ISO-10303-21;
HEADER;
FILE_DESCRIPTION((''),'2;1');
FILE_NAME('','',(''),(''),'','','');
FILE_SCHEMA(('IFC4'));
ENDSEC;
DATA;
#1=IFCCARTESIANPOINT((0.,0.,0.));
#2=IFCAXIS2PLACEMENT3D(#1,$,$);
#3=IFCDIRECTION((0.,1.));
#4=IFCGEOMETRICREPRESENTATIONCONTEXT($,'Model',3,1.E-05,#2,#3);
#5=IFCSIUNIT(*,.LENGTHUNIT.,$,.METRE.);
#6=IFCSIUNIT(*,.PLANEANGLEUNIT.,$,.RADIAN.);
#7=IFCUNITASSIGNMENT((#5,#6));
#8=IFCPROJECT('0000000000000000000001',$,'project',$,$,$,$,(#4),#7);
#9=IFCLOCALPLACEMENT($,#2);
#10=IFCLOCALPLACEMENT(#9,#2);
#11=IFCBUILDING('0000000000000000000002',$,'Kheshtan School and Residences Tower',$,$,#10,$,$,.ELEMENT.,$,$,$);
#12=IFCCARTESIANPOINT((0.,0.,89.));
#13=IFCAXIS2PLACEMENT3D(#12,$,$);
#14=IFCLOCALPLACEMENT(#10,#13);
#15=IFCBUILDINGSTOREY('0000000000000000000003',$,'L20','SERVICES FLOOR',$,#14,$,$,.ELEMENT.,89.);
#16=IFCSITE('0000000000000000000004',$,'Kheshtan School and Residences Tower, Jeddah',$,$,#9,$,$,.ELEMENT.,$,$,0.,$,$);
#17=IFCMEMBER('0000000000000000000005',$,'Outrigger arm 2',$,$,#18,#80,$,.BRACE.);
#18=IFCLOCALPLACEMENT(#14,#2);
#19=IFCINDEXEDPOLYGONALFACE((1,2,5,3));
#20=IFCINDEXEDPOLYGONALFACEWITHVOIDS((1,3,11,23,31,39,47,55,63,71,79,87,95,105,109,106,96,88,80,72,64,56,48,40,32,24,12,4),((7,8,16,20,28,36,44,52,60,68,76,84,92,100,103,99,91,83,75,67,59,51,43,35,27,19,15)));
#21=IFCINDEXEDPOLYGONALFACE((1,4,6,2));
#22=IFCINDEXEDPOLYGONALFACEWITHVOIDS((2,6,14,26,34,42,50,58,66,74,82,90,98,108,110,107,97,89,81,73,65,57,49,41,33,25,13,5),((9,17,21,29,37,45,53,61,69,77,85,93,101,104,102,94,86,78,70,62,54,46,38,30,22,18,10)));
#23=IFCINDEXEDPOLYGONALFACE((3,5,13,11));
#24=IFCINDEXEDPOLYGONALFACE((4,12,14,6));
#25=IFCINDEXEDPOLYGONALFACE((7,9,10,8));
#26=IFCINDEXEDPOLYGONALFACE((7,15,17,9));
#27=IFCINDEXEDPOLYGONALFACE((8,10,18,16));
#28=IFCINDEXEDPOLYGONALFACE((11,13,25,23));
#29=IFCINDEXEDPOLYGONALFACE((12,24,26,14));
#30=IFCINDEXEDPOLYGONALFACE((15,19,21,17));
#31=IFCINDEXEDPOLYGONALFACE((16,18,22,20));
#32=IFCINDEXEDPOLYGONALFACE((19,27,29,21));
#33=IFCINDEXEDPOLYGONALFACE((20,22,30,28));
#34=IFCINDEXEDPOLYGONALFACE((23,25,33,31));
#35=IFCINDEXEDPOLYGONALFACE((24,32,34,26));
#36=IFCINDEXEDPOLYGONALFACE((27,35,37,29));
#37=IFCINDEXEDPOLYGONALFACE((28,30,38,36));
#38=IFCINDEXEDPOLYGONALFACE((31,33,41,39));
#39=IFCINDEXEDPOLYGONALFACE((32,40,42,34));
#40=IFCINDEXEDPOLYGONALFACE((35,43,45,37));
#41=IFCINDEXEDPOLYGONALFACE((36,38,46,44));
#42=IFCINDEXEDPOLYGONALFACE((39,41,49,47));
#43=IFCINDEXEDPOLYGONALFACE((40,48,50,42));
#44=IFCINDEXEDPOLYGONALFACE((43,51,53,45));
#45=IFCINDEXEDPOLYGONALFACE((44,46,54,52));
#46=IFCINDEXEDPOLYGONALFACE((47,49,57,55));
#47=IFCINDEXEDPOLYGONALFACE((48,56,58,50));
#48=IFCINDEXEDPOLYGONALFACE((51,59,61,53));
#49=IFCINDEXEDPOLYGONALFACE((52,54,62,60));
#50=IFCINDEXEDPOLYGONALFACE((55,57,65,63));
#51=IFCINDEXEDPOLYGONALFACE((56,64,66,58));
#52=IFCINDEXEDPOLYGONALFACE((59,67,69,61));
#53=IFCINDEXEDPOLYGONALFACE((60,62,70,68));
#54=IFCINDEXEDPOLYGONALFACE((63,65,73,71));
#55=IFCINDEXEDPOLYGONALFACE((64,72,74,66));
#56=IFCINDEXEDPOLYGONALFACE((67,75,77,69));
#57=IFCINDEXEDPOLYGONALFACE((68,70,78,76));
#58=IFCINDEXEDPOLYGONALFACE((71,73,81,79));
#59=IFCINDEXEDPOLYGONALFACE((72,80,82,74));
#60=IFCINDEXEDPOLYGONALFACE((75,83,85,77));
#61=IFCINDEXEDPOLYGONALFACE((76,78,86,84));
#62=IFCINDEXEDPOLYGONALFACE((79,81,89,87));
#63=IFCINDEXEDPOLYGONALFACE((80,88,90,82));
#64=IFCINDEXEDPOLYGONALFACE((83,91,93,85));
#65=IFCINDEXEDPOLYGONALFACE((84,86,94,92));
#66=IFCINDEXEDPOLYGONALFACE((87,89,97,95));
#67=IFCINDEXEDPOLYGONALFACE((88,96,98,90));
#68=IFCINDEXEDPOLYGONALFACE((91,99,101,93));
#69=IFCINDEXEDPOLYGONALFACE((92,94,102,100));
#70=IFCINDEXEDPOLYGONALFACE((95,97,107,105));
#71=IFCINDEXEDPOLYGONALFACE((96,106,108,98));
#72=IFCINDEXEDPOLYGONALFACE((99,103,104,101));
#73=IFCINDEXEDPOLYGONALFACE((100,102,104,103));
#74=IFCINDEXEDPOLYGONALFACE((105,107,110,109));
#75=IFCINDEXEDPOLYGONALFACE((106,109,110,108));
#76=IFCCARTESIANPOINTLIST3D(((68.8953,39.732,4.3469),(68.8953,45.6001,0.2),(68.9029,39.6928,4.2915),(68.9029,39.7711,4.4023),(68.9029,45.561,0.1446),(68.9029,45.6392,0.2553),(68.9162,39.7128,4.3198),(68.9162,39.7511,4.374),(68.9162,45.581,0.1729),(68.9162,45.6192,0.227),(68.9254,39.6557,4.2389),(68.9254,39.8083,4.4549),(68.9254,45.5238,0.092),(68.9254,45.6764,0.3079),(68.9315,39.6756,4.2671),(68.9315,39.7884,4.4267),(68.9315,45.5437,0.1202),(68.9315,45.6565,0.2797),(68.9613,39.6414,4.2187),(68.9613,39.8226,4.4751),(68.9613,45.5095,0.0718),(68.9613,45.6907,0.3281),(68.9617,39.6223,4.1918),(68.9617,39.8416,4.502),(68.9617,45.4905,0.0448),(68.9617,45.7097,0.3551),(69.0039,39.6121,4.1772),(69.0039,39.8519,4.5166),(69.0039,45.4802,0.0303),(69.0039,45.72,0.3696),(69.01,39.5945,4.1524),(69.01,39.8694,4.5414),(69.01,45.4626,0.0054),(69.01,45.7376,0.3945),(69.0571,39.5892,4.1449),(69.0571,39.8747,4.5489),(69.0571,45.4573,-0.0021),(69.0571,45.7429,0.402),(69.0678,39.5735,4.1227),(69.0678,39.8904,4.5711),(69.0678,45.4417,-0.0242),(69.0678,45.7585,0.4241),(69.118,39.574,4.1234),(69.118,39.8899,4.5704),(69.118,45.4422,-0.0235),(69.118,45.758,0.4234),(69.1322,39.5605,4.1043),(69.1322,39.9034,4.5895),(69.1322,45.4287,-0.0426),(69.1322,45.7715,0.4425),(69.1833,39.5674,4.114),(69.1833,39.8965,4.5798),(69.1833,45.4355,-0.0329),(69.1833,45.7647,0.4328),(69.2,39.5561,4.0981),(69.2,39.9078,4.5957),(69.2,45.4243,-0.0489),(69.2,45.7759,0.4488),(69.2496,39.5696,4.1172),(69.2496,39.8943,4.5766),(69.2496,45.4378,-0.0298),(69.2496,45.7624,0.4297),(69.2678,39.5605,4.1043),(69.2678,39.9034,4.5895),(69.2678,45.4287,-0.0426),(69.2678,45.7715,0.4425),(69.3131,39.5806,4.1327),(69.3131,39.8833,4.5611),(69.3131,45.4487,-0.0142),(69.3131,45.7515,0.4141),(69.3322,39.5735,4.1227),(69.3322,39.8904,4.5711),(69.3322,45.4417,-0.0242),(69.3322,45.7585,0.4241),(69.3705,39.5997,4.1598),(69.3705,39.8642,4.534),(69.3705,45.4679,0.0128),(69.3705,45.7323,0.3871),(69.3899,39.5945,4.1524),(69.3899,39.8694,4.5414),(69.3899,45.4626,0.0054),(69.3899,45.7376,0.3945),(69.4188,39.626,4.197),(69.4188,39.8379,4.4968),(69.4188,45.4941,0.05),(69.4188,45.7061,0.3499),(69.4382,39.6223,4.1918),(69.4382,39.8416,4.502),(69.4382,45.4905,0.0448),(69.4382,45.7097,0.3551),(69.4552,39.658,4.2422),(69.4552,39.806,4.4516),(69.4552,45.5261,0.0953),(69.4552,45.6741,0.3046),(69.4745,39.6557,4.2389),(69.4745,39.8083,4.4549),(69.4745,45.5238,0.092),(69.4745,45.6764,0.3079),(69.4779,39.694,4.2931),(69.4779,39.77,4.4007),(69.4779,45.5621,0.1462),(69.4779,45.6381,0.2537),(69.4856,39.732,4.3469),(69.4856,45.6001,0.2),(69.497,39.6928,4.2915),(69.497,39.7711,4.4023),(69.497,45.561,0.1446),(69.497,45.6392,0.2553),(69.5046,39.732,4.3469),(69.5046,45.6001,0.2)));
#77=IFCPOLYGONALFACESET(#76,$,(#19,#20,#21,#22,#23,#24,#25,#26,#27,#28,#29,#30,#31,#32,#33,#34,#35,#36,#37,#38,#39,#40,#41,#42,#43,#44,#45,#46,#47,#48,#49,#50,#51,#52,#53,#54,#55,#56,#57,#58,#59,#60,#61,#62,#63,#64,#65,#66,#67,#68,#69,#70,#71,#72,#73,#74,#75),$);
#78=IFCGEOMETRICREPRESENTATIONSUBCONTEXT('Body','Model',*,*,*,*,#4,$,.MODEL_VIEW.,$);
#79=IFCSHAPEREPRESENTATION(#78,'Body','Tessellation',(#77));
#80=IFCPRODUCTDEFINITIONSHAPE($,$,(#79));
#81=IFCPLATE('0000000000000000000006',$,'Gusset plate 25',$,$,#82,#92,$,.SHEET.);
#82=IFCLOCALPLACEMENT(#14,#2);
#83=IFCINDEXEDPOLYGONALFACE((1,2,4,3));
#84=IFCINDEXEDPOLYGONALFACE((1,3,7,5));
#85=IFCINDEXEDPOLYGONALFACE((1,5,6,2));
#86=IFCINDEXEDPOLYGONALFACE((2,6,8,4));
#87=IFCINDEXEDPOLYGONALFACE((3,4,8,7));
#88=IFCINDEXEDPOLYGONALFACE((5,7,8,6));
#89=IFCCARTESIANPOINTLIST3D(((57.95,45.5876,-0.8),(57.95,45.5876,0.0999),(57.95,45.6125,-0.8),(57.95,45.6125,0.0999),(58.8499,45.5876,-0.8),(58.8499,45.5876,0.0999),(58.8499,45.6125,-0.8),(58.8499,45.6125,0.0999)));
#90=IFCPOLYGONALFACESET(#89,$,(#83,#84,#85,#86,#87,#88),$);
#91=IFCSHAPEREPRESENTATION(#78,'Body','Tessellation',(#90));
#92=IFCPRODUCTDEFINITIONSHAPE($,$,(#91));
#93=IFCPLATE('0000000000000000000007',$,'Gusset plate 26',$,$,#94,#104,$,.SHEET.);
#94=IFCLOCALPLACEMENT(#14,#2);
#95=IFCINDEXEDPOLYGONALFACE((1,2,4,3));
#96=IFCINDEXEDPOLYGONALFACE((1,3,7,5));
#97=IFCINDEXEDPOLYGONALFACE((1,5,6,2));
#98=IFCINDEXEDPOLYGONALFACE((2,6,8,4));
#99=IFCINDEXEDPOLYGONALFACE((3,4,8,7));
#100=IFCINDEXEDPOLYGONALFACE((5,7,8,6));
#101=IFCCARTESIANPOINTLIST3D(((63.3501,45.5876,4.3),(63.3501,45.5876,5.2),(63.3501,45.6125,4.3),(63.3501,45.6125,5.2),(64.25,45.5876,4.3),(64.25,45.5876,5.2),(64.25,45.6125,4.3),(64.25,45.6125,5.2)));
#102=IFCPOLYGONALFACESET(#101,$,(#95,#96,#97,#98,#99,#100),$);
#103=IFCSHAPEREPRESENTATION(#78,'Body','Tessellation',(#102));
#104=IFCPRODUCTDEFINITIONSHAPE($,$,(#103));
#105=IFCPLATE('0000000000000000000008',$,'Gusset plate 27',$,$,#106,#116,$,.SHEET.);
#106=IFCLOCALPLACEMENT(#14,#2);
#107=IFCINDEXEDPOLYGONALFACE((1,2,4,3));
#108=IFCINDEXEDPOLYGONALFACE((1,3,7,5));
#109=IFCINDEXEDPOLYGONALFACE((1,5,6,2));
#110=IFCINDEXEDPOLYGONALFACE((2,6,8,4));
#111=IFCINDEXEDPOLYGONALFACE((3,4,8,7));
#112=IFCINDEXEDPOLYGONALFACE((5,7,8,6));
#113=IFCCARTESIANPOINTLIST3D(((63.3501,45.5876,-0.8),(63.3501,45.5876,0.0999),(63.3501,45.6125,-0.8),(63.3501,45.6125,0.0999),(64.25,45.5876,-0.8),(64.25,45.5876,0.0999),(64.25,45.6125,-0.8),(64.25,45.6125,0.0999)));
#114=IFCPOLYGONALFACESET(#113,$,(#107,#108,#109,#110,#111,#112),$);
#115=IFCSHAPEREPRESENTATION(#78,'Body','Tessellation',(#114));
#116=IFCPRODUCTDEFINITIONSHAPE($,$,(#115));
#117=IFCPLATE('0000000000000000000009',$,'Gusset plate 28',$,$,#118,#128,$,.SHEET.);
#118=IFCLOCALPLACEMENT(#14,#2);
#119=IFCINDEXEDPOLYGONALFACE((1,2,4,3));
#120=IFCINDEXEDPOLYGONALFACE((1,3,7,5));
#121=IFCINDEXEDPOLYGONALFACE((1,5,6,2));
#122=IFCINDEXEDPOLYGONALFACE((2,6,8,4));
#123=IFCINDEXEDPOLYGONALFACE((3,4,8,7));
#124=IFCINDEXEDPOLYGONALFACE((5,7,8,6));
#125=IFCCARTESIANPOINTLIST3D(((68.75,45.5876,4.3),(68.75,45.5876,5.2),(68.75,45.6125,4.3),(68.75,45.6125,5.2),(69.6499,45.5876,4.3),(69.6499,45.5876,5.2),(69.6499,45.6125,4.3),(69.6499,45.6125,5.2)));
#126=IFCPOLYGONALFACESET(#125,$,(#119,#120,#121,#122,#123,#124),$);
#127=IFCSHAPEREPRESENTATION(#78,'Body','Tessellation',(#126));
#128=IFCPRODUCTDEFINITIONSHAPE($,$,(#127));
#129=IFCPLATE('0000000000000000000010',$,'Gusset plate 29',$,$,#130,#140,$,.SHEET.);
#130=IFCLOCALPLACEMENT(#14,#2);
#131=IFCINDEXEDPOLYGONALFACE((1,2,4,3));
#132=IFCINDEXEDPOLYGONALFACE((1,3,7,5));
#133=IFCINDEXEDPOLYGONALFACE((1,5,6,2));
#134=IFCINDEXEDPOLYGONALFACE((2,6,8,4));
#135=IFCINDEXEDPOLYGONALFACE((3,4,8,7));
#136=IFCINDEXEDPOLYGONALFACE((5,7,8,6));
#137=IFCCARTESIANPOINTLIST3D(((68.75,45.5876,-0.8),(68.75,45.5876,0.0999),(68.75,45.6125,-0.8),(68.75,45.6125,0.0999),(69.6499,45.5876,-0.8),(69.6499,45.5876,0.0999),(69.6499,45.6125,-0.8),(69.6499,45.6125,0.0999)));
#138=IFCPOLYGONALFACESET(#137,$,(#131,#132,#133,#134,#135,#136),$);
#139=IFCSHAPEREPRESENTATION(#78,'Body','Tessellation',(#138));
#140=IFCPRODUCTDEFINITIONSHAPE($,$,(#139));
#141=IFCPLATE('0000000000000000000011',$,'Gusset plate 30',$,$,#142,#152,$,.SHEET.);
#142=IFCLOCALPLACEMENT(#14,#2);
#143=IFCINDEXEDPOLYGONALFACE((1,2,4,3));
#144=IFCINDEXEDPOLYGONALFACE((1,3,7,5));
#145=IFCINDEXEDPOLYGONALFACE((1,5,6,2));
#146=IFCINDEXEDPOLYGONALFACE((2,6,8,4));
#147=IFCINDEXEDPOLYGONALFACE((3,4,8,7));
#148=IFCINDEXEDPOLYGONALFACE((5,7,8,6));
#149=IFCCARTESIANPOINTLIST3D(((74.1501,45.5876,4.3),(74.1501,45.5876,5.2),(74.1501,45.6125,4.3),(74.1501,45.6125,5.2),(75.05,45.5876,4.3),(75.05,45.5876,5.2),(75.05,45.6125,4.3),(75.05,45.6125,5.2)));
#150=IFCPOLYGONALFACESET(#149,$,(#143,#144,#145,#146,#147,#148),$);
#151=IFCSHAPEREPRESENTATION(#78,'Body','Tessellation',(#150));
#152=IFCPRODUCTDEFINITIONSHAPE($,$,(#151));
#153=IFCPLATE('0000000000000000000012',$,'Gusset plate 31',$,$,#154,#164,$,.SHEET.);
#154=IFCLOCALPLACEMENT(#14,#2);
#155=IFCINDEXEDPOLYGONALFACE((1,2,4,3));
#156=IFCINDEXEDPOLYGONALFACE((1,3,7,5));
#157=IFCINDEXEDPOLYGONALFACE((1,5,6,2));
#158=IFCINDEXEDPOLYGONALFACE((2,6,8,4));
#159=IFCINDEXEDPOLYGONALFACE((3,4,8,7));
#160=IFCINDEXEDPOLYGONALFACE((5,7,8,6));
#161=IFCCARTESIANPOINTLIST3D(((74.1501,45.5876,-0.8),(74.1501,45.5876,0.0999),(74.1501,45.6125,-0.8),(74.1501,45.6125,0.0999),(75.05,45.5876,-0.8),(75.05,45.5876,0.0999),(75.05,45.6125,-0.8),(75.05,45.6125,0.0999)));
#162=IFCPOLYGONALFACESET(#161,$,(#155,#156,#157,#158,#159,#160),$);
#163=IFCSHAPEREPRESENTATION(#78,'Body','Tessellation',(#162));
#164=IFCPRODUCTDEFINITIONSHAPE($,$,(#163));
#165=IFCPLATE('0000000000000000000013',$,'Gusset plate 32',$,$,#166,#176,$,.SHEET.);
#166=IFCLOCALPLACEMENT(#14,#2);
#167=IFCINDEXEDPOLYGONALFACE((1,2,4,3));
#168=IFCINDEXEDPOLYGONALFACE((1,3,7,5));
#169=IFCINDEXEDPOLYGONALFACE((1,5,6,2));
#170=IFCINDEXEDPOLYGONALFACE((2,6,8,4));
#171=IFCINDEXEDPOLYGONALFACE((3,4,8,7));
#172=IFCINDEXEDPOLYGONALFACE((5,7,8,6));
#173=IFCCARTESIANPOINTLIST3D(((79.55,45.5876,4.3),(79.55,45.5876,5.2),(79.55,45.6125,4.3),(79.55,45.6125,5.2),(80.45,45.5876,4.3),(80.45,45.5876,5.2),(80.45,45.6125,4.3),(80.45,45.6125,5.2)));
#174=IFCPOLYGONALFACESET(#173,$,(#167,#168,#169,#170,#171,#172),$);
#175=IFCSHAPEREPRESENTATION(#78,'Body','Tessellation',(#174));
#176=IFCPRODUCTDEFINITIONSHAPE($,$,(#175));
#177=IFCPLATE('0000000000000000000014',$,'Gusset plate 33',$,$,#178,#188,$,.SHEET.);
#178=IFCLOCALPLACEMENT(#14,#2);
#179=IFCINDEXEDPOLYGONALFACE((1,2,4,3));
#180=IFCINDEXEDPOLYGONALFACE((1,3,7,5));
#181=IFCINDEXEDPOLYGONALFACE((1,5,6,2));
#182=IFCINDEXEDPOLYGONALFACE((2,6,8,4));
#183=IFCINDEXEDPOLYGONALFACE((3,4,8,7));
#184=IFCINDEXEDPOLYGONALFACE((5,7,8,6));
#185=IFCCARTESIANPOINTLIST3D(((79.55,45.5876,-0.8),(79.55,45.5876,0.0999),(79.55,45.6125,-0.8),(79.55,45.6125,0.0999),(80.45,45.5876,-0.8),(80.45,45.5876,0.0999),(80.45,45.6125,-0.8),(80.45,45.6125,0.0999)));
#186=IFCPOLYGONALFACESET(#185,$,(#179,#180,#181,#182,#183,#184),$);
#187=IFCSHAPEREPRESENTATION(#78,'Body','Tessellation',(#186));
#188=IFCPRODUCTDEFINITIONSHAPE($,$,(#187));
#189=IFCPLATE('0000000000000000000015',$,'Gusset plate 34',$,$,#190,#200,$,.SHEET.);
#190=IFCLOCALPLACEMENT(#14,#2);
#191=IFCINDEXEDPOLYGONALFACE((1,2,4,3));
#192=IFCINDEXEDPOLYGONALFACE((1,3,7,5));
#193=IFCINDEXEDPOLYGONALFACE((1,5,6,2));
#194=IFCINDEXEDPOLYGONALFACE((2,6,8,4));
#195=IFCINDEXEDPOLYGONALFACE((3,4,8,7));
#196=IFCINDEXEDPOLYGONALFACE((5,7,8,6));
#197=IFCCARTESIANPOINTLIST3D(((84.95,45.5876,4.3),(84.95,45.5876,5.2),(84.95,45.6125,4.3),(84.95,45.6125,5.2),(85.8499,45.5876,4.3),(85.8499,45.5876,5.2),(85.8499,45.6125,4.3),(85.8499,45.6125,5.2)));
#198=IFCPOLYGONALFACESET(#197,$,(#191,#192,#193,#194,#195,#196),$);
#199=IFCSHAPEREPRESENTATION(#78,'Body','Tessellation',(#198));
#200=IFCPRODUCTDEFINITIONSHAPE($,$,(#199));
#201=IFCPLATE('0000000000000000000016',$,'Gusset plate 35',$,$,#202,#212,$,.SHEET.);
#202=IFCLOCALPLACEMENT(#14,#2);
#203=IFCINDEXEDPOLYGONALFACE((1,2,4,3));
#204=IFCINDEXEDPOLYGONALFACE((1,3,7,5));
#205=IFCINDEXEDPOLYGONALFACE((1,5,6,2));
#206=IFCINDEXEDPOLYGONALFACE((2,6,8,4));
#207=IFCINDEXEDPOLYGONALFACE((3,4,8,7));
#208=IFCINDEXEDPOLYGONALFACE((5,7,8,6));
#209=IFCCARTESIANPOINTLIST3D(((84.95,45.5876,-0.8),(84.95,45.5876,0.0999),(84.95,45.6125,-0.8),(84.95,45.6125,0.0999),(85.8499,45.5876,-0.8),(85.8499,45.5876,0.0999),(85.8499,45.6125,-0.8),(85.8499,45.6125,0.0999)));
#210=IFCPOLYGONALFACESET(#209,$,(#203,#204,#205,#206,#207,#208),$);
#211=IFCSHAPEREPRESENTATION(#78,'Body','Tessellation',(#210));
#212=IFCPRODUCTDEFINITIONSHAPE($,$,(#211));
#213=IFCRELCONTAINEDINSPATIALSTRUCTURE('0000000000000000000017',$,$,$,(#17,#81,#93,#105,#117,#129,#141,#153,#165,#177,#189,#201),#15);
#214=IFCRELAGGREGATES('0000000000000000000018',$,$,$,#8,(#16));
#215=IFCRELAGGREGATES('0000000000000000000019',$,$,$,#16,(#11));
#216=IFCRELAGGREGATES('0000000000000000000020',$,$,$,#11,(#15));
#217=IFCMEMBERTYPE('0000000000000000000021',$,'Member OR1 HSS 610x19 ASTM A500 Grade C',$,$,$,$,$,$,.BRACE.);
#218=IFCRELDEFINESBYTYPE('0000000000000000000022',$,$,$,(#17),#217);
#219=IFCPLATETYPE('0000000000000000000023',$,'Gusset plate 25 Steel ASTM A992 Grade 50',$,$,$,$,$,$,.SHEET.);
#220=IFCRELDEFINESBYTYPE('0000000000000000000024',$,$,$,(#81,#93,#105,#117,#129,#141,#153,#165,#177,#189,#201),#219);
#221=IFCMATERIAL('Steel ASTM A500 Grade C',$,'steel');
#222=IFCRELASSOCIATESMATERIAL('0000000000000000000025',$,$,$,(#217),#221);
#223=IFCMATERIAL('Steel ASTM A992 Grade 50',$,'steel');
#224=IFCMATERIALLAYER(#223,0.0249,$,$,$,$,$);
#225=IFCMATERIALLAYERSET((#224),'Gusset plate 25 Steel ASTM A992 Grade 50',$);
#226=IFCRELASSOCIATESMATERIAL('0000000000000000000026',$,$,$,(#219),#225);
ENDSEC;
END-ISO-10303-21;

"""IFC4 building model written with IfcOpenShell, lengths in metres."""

from ifc_helpers import new_model, si_unit, direction, frame, origin, origin_2d, place, context, subcontext, project, spatial, rectangle, hollow_circle, extrude, material, layer, layer_set, material_profile, profile_set, type_object, element, save


model = new_model("IFC4")

# Units and contexts
model_context = context("Model", 3, precision=1e-05, world=origin(), true_north=direction((0.0, 1.0)))
body_context = subcontext(model_context, "Body", "Model", "MODEL_VIEW")
ifc_project = project(units=[si_unit("LENGTHUNIT", "METRE"), si_unit("PLANEANGLEUNIT", "RADIAN")], contexts=[model_context])

# Site, building, storey
site_placement = place(None, origin())
site = spatial("IfcSite", under=ifc_project, at=site_placement, Name="Kheshtan School and Residences Tower, Jeddah", CompositionType="ELEMENT", RefElevation=0.0)
building_placement = place(site_placement, origin())
building = spatial("IfcBuilding", under=site, at=building_placement, Name="Kheshtan School and Residences Tower", CompositionType="ELEMENT")
storey_placement = place(building_placement, frame((0.0, 0.0, 89.0)))
storey = spatial("IfcBuildingStorey", under=building, at=storey_placement, Name="L20", Description="SERVICES FLOOR", CompositionType="ELEMENT", Elevation=89.0)

# Shared definitions
ifc_material_1 = material(Name="Steel ASTM A992 Grade 50", Category="steel")

# Member
ifc_material_2 = material(Name="Steel ASTM A500 Grade C", Category="steel")
ifc_material_profile_1 = material_profile(ifc_material_2, hollow_circle(Radius=0.3047, WallThickness=0.019, at=origin_2d()), Name="HSS 610x19")
ifc_profile_set_1 = profile_set([ifc_material_profile_1], Name="Steel ASTM A500 Grade C")
member_type_1 = type_object("IfcMemberType", Name="Member OR1 HSS 610x19 ASTM A500 Grade C", PredefinedType="BRACE", material=ifc_profile_set_1)
member_1_placement = place(storey_placement, frame((69.2, 45.6001, 0.2), z_axis=(0.0, -0.816657, 0.577123), x_axis=(1.0, 0.0, 0.0)))
element("IfcMember", 1, at=member_1_placement, inside=storey, type_object=member_type_1, Name="Outrigger arm 2", PredefinedType="BRACE", context=body_context, shape_type="SweptSolid", body=[
    extrude(hollow_circle(Radius=0.3047, WallThickness=0.019, at=origin_2d()), origin(), (0.0, 0.0, 1.0), 7.1855),
])

# Plates
ifc_layer = layer(ifc_material_1, 0.0249)
ifc_layer_set = layer_set([ifc_layer], Name="Gusset plate 25 Steel ASTM A992 Grade 50")
plate_type = type_object("IfcPlateType", Name="Gusset plate 25 Steel ASTM A992 Grade 50", PredefinedType="SHEET", material=ifc_layer_set)
for number, where, z_axis, x_axis, name in (
    (2, (58.3999, 45.6001, -0.8), (0.0, 0.0, 1.0), (1.0, 0.0, 0.0), "Gusset plate 25"),
    (3, (63.8, 45.6001, 4.3), (0.0, 0.0, 1.0), (1.0, 0.0, 0.0), "Gusset plate 26"),
    (4, (63.8, 45.6001, -0.8), (0.0, 0.0, 1.0), (1.0, 0.0, 0.0), "Gusset plate 27"),
    (5, (69.2, 45.6001, 4.3), (0.0, 0.0, 1.0), (1.0, 0.0, 0.0), "Gusset plate 28"),
    (6, (69.2, 45.6001, -0.8), (0.0, 0.0, 1.0), (1.0, 0.0, 0.0), "Gusset plate 29"),
    (7, (74.6001, 45.6001, 4.3), (0.0, 0.0, 1.0), (1.0, 0.0, 0.0), "Gusset plate 30"),
    (8, (74.6001, 45.6001, -0.8), (0.0, 0.0, 1.0), (1.0, 0.0, 0.0), "Gusset plate 31"),
    (9, (80.0, 45.6001, 4.3), (0.0, 0.0, 1.0), (1.0, 0.0, 0.0), "Gusset plate 32"),
    (10, (80.0, 45.6001, -0.8), (0.0, 0.0, 1.0), (1.0, 0.0, 0.0), "Gusset plate 33"),
    (11, (85.3999, 45.6001, 4.3), (0.0, 0.0, 1.0), (1.0, 0.0, 0.0), "Gusset plate 34"),
    (12, (85.3999, 45.6001, -0.8), (0.0, 0.0, 1.0), (1.0, 0.0, 0.0), "Gusset plate 35"),
):
    element("IfcPlate", number, at=place(storey_placement, frame(where, z_axis=z_axis, x_axis=x_axis)), inside=storey, type_object=plate_type, Name=name, PredefinedType="SHEET", context=body_context, shape_type="SweptSolid", body=[
        extrude(rectangle(XDim=0.8999, YDim=0.0249, at=origin_2d()), origin(), (0.0, 0.0, 1.0), 0.8999),
    ])

save(model, "model.ifc")
